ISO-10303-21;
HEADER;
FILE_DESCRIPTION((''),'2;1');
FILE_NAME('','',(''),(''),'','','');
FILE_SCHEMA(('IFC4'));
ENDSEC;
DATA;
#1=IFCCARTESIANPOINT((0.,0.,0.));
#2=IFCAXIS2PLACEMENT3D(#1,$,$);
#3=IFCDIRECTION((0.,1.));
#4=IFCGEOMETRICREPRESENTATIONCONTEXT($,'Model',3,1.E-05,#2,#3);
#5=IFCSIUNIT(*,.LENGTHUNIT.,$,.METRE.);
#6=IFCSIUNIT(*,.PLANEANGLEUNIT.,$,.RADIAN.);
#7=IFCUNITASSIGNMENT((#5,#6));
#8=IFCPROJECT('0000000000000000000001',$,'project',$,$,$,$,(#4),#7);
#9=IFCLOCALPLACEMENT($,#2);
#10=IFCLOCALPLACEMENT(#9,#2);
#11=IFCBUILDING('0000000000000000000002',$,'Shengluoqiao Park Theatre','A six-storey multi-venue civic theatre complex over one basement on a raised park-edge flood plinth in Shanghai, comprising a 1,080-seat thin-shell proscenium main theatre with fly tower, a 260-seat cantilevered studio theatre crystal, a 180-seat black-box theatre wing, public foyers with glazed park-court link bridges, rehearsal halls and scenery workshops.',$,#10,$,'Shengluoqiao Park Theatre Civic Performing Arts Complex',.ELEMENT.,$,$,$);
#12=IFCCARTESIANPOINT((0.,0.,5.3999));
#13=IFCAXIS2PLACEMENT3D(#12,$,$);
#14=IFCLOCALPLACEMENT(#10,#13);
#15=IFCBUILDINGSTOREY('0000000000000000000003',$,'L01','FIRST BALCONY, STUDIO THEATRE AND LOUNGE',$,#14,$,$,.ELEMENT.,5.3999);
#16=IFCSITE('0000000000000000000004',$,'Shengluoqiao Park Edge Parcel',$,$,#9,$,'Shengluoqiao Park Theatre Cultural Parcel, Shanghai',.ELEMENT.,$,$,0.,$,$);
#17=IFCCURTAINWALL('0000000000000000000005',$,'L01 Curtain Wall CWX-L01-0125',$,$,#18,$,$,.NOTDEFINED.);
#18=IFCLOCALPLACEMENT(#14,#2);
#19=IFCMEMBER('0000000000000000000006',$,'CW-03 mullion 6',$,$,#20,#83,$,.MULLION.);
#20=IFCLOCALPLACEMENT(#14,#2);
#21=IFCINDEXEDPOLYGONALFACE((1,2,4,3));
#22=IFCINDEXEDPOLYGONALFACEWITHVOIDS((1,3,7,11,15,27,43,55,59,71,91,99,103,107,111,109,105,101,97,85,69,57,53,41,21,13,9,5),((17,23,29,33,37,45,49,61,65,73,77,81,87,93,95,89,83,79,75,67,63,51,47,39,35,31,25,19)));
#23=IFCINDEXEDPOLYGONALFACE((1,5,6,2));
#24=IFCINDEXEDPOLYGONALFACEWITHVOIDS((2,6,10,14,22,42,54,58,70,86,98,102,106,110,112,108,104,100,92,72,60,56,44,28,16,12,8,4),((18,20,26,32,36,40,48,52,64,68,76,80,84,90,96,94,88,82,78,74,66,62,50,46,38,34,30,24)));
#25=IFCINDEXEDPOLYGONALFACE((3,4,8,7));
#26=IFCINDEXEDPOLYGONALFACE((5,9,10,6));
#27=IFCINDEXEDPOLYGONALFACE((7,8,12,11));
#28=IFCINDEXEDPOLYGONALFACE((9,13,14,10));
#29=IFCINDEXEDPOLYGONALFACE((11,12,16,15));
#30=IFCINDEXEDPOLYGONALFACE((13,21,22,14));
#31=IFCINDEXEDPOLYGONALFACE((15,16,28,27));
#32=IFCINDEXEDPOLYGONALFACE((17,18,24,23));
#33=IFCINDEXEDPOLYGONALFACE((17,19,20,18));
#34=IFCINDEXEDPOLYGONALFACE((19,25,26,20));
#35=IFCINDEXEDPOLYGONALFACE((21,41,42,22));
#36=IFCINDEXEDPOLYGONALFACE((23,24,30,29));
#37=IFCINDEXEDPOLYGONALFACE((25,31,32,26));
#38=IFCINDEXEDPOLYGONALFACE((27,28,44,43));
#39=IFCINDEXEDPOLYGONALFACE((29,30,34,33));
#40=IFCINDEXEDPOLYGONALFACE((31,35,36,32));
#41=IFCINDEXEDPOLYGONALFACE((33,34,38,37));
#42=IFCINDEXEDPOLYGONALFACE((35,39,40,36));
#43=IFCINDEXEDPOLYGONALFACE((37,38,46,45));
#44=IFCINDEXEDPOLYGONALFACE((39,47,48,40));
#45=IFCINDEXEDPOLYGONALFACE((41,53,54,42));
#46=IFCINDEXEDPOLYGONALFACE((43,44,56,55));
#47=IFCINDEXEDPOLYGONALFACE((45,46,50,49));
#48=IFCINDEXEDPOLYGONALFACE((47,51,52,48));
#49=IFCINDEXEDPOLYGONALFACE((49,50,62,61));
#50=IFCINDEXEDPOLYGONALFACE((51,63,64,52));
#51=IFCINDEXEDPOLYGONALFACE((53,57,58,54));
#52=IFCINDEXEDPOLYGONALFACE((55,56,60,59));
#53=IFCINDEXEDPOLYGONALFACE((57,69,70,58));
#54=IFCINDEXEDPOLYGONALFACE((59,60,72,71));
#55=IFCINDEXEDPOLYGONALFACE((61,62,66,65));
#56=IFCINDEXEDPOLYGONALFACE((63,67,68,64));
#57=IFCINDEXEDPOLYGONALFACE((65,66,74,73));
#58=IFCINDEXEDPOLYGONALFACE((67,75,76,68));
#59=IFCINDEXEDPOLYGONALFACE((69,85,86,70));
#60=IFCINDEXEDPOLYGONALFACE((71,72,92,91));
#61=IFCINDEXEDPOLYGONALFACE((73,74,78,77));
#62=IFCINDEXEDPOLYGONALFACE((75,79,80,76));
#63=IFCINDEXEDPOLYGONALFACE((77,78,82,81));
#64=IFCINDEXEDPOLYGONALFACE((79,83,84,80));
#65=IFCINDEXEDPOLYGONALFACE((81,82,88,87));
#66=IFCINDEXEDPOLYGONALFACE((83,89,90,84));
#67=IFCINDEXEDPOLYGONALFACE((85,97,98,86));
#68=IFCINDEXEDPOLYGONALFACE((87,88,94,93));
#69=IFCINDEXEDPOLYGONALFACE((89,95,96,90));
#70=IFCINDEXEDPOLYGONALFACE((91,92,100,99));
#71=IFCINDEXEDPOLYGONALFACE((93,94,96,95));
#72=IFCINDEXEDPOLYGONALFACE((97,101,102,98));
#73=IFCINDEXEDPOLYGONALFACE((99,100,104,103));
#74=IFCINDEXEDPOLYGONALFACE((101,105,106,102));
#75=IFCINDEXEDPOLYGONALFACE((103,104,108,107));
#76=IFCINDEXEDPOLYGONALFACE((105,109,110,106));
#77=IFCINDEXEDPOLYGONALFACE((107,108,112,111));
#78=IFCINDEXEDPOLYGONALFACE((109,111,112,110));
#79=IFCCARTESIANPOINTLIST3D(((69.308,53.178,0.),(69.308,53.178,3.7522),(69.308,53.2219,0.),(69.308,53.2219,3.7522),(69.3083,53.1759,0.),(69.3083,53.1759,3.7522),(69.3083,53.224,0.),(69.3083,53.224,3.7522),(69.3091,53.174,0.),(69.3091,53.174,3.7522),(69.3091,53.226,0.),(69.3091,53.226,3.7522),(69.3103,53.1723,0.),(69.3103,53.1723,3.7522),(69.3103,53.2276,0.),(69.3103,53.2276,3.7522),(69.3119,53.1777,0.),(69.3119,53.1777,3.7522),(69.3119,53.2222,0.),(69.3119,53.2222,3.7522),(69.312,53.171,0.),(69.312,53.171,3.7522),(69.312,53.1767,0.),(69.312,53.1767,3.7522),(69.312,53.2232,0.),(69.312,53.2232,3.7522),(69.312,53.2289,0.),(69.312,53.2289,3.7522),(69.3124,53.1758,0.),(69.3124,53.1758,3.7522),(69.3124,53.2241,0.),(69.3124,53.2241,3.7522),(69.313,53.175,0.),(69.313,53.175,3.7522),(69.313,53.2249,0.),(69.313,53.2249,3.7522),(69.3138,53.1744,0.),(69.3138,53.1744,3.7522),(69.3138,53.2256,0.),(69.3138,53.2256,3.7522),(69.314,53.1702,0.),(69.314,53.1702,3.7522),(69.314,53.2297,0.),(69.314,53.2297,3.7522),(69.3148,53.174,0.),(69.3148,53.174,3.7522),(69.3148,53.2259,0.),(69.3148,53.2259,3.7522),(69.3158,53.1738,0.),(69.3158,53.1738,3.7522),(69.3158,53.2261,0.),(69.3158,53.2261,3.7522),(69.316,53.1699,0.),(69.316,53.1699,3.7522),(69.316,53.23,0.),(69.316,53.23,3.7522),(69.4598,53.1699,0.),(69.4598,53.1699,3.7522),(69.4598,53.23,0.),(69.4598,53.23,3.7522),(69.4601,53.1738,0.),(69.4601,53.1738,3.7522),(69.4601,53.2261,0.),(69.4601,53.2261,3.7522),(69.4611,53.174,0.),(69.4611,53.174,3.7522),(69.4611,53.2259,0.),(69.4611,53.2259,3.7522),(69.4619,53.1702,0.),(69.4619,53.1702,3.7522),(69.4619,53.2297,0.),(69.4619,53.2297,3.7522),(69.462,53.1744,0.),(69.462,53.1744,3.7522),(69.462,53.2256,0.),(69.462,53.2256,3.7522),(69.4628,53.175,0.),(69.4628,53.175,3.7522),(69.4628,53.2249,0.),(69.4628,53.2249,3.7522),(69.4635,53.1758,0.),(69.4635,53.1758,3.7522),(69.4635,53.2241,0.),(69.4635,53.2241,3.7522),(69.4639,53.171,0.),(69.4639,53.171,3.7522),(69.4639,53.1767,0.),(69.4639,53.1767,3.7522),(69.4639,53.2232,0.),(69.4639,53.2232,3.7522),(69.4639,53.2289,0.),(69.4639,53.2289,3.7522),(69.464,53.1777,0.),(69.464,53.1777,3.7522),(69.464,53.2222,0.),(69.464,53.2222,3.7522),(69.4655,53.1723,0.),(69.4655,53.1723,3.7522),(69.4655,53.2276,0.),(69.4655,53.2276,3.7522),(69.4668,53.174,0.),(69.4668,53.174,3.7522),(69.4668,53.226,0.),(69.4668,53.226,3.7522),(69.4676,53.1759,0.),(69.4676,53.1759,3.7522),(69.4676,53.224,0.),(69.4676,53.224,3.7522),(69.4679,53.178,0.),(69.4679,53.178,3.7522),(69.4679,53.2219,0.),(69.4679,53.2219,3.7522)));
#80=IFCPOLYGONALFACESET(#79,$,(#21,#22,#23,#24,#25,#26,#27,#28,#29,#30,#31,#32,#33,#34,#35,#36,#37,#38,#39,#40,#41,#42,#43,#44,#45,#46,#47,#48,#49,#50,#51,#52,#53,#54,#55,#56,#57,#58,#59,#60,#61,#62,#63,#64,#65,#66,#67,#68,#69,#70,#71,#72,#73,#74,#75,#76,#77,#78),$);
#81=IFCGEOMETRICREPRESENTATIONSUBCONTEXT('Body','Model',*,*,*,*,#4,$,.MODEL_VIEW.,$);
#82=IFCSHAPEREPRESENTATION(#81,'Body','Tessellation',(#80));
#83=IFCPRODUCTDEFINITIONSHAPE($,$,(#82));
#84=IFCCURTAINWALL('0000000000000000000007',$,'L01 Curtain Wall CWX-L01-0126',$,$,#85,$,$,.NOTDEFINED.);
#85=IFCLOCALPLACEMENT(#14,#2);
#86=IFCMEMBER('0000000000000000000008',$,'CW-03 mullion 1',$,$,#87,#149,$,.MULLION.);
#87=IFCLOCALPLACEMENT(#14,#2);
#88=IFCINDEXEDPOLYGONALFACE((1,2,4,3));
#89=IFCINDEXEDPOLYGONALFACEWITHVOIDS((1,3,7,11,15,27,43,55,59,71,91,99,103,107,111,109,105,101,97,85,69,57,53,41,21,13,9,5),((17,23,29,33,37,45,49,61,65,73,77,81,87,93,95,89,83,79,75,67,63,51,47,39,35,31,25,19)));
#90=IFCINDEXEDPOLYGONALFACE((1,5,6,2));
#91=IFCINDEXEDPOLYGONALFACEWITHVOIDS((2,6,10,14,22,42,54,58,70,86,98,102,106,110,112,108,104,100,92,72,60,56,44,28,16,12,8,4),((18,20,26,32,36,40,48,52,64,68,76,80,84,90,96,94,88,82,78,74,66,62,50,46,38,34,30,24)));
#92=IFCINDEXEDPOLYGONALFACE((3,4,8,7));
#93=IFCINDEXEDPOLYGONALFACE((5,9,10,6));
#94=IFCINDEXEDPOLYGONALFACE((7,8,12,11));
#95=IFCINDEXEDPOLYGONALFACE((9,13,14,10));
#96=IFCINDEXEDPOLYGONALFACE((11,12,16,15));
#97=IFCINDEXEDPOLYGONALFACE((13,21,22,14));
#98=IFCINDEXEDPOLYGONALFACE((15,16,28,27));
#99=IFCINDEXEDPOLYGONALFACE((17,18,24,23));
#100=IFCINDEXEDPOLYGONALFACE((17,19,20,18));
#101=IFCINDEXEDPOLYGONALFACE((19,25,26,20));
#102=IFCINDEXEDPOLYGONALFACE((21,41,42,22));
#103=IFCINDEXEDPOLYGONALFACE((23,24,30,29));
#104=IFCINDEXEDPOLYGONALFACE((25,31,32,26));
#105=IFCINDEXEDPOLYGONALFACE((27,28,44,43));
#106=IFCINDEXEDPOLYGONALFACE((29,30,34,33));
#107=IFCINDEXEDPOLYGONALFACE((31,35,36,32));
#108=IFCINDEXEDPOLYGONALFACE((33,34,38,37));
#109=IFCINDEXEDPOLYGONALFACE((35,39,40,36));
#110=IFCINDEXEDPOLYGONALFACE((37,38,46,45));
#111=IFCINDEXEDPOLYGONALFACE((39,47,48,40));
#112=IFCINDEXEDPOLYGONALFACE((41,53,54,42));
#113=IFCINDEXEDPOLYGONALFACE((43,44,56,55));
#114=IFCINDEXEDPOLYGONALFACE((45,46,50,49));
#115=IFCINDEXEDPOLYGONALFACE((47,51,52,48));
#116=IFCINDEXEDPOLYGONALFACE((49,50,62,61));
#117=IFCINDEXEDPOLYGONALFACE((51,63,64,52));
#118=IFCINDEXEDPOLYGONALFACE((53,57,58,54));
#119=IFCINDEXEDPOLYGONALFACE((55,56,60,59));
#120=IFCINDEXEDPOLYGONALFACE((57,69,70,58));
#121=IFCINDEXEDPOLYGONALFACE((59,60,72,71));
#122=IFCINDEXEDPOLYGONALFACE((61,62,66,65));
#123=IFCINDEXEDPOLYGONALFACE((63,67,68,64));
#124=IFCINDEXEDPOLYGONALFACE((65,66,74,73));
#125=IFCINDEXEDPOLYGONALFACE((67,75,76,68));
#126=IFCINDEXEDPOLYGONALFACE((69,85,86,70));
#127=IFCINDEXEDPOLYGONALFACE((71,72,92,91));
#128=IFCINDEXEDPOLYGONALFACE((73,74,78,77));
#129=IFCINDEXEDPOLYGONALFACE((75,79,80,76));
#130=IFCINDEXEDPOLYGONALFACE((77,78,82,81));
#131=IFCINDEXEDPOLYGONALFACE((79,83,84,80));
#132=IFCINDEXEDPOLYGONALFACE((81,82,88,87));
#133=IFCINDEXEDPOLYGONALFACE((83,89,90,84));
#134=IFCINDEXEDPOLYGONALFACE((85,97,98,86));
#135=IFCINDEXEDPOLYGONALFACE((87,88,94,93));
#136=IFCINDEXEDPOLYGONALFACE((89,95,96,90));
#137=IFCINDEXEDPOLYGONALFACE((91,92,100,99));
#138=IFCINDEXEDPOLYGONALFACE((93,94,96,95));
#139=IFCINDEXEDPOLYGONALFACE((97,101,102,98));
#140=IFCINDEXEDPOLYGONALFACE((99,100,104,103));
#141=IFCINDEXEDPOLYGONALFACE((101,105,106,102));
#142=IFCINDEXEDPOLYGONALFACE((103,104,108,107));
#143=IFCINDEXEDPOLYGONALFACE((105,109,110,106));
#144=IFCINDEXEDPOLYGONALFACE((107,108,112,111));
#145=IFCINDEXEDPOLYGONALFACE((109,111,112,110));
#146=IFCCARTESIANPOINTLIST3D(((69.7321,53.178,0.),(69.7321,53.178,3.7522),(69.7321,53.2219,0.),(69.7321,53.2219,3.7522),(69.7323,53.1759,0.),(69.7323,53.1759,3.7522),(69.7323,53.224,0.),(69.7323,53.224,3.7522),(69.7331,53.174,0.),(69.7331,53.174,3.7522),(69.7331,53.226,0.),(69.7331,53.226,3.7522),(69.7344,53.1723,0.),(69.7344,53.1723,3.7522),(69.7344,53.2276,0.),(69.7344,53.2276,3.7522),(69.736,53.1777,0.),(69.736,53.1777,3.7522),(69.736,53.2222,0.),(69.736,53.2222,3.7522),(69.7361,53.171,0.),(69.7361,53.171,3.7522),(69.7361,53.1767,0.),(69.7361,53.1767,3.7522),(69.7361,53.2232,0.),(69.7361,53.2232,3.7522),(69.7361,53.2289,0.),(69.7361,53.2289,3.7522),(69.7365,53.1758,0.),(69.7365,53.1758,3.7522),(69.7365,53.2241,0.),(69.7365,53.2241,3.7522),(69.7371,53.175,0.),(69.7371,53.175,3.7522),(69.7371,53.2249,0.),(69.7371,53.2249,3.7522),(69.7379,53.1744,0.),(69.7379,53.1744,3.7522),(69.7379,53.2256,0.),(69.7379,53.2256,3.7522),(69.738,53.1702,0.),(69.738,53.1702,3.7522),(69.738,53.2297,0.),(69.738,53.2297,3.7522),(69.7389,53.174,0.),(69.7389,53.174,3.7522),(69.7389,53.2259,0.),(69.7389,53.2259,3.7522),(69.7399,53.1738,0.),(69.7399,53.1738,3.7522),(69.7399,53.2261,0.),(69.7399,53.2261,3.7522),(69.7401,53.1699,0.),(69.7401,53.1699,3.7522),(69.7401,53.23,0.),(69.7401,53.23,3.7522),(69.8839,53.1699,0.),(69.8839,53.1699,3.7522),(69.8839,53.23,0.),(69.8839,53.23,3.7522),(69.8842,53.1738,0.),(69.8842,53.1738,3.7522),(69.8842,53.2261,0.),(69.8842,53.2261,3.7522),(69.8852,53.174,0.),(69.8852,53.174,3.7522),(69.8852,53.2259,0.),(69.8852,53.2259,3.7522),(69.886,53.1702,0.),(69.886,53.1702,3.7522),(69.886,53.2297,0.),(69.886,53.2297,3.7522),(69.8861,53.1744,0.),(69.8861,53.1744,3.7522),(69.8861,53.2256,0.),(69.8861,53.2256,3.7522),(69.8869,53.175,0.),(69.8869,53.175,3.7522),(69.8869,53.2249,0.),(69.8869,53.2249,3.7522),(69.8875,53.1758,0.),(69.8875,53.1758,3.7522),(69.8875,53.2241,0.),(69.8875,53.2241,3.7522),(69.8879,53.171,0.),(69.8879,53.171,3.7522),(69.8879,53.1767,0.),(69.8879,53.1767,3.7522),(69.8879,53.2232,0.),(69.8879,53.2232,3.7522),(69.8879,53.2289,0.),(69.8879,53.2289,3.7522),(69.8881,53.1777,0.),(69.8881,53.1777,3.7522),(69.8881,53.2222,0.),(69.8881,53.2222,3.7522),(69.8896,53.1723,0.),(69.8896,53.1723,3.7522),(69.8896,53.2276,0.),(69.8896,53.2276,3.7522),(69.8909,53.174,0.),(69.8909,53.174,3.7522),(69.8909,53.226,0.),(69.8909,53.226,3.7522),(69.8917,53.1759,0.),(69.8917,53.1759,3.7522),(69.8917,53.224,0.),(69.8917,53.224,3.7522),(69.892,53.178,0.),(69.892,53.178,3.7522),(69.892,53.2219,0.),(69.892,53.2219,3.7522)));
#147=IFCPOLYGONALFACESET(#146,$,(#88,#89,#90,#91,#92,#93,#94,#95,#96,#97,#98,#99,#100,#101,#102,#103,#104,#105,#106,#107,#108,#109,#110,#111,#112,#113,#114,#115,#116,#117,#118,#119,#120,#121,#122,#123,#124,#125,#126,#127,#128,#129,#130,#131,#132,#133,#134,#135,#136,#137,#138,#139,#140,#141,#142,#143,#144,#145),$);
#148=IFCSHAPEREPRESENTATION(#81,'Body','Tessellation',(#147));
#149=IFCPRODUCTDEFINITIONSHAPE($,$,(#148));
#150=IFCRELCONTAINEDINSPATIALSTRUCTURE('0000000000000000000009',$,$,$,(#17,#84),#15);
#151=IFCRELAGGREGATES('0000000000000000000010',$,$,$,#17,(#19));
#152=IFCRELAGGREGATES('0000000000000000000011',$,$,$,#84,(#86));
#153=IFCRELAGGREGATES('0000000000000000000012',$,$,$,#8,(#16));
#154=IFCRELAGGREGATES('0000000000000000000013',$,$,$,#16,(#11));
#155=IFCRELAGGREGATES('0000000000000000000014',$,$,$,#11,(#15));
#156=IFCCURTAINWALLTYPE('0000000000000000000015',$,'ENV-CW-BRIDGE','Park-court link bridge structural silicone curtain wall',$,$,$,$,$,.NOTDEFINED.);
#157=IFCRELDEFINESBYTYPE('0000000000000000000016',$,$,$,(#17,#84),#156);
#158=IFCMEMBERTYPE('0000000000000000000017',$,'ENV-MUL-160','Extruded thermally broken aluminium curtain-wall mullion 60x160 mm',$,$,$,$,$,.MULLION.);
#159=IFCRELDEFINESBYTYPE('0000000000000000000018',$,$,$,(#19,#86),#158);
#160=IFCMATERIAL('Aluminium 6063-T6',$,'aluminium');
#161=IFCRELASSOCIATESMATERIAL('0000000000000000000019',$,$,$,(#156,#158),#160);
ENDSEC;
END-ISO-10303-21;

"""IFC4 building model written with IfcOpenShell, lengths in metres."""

from ifc_helpers import new_model, si_unit, direction, frame, origin, origin_2d, place, context, subcontext, project, spatial, hollow_rectangle, extrude, material, material_profile, profile_set, type_object, element, aggregate, save


model = new_model("IFC4")

# Units and contexts
model_context = context("Model", 3, precision=1e-05, world=origin(), true_north=direction((0.0, 1.0)))
body_context = subcontext(model_context, "Body", "Model", "MODEL_VIEW")
ifc_project = project(units=[si_unit("LENGTHUNIT", "METRE"), si_unit("PLANEANGLEUNIT", "RADIAN")], contexts=[model_context])

# Site, building, storey
site_placement = place(None, origin())
site = spatial("IfcSite", under=ifc_project, at=site_placement, Name="Shengluoqiao Park Edge Parcel", LongName="Shengluoqiao Park Theatre Cultural Parcel, Shanghai", CompositionType="ELEMENT", RefElevation=0.0)
building_placement = place(site_placement, origin())
building = spatial("IfcBuilding", under=site, at=building_placement, Name="Shengluoqiao Park Theatre", Description="A six-storey multi-venue civic theatre complex over one basement on a raised park-edge flood plinth in Shanghai, comprising a 1,080-seat thin-shell proscenium main theatre with fly tower, a 260-seat cantilevered studio theatre crystal, a 180-seat black-box theatre wing, public foyers with glazed park-court link bridges, rehearsal halls and scenery workshops.", LongName="Shengluoqiao Park Theatre Civic Performing Arts Complex", CompositionType="ELEMENT")
storey_placement = place(building_placement, frame((0.0, 0.0, 5.3999)))
storey = spatial("IfcBuildingStorey", under=building, at=storey_placement, Name="L01", Description="FIRST BALCONY, STUDIO THEATRE AND LOUNGE", CompositionType="ELEMENT", Elevation=5.3999)

# Curtain walls, members
ifc_material_1 = material(Name="Aluminium 6063-T6", Category="aluminium")
curtain_wall_type = type_object("IfcCurtainWallType", Name="ENV-CW-BRIDGE", Description="Park-court link bridge structural silicone curtain wall", PredefinedType="NOTDEFINED", material=ifc_material_1)
curtain_wall_1_placement = place(storey_placement, origin())
curtain_wall_1 = element("IfcCurtainWall", 1, at=curtain_wall_1_placement, inside=storey, type_object=curtain_wall_type, Name="L01 Curtain Wall CWX-L01-0125", PredefinedType="NOTDEFINED")
ifc_material_profile_1 = material_profile(ifc_material_1, hollow_rectangle(XDim=0.0601, YDim=0.1599, WallThickness=0.0039, InnerFilletRadius=0.0039, OuterFilletRadius=0.0081, at=origin_2d()), Name="ALU MULLION 160x60x4")
ifc_profile_set_1 = profile_set([ifc_material_profile_1], Name="Aluminium 6063-T6")
member_type_1 = type_object("IfcMemberType", Name="ENV-MUL-160", Description="Extruded thermally broken aluminium curtain-wall mullion 60x160 mm", PredefinedType="MULLION", material=ifc_profile_set_1)
member_1_placement = place(storey_placement, frame((69.3879, 53.2, 0.0), z_axis=(0.0, 0.0, 1.0), x_axis=(0.0, 1.0, 0.0)))
member_1 = element("IfcMember", 2, at=member_1_placement, type_object=member_type_1, Name="CW-03 mullion 6", PredefinedType="MULLION", context=body_context, shape_type="SweptSolid", body=[
    extrude(hollow_rectangle(XDim=0.0601, YDim=0.1599, WallThickness=0.0039, InnerFilletRadius=0.0039, OuterFilletRadius=0.0081, at=origin_2d()), origin(), (0.0, 0.0, 1.0), 3.7522),
])
curtain_wall_2_placement = place(storey_placement, origin())
curtain_wall_2 = element("IfcCurtainWall", 3, at=curtain_wall_2_placement, inside=storey, type_object=curtain_wall_type, Name="L01 Curtain Wall CWX-L01-0126", PredefinedType="NOTDEFINED")
member_2_placement = place(storey_placement, frame((69.812, 53.2, 0.0), z_axis=(0.0, 0.0, 1.0), x_axis=(0.0, 1.0, 0.0)))
member_2 = element("IfcMember", 4, at=member_2_placement, type_object=member_type_1, Name="CW-03 mullion 1", PredefinedType="MULLION", context=body_context, shape_type="SweptSolid", body=[
    extrude(hollow_rectangle(XDim=0.0601, YDim=0.1599, WallThickness=0.0039, InnerFilletRadius=0.0039, OuterFilletRadius=0.0081, at=origin_2d()), origin(), (0.0, 0.0, 1.0), 3.7522),
])

aggregate(curtain_wall_1, [member_1])
aggregate(curtain_wall_2, [member_2])

save(model, "model.ifc")
